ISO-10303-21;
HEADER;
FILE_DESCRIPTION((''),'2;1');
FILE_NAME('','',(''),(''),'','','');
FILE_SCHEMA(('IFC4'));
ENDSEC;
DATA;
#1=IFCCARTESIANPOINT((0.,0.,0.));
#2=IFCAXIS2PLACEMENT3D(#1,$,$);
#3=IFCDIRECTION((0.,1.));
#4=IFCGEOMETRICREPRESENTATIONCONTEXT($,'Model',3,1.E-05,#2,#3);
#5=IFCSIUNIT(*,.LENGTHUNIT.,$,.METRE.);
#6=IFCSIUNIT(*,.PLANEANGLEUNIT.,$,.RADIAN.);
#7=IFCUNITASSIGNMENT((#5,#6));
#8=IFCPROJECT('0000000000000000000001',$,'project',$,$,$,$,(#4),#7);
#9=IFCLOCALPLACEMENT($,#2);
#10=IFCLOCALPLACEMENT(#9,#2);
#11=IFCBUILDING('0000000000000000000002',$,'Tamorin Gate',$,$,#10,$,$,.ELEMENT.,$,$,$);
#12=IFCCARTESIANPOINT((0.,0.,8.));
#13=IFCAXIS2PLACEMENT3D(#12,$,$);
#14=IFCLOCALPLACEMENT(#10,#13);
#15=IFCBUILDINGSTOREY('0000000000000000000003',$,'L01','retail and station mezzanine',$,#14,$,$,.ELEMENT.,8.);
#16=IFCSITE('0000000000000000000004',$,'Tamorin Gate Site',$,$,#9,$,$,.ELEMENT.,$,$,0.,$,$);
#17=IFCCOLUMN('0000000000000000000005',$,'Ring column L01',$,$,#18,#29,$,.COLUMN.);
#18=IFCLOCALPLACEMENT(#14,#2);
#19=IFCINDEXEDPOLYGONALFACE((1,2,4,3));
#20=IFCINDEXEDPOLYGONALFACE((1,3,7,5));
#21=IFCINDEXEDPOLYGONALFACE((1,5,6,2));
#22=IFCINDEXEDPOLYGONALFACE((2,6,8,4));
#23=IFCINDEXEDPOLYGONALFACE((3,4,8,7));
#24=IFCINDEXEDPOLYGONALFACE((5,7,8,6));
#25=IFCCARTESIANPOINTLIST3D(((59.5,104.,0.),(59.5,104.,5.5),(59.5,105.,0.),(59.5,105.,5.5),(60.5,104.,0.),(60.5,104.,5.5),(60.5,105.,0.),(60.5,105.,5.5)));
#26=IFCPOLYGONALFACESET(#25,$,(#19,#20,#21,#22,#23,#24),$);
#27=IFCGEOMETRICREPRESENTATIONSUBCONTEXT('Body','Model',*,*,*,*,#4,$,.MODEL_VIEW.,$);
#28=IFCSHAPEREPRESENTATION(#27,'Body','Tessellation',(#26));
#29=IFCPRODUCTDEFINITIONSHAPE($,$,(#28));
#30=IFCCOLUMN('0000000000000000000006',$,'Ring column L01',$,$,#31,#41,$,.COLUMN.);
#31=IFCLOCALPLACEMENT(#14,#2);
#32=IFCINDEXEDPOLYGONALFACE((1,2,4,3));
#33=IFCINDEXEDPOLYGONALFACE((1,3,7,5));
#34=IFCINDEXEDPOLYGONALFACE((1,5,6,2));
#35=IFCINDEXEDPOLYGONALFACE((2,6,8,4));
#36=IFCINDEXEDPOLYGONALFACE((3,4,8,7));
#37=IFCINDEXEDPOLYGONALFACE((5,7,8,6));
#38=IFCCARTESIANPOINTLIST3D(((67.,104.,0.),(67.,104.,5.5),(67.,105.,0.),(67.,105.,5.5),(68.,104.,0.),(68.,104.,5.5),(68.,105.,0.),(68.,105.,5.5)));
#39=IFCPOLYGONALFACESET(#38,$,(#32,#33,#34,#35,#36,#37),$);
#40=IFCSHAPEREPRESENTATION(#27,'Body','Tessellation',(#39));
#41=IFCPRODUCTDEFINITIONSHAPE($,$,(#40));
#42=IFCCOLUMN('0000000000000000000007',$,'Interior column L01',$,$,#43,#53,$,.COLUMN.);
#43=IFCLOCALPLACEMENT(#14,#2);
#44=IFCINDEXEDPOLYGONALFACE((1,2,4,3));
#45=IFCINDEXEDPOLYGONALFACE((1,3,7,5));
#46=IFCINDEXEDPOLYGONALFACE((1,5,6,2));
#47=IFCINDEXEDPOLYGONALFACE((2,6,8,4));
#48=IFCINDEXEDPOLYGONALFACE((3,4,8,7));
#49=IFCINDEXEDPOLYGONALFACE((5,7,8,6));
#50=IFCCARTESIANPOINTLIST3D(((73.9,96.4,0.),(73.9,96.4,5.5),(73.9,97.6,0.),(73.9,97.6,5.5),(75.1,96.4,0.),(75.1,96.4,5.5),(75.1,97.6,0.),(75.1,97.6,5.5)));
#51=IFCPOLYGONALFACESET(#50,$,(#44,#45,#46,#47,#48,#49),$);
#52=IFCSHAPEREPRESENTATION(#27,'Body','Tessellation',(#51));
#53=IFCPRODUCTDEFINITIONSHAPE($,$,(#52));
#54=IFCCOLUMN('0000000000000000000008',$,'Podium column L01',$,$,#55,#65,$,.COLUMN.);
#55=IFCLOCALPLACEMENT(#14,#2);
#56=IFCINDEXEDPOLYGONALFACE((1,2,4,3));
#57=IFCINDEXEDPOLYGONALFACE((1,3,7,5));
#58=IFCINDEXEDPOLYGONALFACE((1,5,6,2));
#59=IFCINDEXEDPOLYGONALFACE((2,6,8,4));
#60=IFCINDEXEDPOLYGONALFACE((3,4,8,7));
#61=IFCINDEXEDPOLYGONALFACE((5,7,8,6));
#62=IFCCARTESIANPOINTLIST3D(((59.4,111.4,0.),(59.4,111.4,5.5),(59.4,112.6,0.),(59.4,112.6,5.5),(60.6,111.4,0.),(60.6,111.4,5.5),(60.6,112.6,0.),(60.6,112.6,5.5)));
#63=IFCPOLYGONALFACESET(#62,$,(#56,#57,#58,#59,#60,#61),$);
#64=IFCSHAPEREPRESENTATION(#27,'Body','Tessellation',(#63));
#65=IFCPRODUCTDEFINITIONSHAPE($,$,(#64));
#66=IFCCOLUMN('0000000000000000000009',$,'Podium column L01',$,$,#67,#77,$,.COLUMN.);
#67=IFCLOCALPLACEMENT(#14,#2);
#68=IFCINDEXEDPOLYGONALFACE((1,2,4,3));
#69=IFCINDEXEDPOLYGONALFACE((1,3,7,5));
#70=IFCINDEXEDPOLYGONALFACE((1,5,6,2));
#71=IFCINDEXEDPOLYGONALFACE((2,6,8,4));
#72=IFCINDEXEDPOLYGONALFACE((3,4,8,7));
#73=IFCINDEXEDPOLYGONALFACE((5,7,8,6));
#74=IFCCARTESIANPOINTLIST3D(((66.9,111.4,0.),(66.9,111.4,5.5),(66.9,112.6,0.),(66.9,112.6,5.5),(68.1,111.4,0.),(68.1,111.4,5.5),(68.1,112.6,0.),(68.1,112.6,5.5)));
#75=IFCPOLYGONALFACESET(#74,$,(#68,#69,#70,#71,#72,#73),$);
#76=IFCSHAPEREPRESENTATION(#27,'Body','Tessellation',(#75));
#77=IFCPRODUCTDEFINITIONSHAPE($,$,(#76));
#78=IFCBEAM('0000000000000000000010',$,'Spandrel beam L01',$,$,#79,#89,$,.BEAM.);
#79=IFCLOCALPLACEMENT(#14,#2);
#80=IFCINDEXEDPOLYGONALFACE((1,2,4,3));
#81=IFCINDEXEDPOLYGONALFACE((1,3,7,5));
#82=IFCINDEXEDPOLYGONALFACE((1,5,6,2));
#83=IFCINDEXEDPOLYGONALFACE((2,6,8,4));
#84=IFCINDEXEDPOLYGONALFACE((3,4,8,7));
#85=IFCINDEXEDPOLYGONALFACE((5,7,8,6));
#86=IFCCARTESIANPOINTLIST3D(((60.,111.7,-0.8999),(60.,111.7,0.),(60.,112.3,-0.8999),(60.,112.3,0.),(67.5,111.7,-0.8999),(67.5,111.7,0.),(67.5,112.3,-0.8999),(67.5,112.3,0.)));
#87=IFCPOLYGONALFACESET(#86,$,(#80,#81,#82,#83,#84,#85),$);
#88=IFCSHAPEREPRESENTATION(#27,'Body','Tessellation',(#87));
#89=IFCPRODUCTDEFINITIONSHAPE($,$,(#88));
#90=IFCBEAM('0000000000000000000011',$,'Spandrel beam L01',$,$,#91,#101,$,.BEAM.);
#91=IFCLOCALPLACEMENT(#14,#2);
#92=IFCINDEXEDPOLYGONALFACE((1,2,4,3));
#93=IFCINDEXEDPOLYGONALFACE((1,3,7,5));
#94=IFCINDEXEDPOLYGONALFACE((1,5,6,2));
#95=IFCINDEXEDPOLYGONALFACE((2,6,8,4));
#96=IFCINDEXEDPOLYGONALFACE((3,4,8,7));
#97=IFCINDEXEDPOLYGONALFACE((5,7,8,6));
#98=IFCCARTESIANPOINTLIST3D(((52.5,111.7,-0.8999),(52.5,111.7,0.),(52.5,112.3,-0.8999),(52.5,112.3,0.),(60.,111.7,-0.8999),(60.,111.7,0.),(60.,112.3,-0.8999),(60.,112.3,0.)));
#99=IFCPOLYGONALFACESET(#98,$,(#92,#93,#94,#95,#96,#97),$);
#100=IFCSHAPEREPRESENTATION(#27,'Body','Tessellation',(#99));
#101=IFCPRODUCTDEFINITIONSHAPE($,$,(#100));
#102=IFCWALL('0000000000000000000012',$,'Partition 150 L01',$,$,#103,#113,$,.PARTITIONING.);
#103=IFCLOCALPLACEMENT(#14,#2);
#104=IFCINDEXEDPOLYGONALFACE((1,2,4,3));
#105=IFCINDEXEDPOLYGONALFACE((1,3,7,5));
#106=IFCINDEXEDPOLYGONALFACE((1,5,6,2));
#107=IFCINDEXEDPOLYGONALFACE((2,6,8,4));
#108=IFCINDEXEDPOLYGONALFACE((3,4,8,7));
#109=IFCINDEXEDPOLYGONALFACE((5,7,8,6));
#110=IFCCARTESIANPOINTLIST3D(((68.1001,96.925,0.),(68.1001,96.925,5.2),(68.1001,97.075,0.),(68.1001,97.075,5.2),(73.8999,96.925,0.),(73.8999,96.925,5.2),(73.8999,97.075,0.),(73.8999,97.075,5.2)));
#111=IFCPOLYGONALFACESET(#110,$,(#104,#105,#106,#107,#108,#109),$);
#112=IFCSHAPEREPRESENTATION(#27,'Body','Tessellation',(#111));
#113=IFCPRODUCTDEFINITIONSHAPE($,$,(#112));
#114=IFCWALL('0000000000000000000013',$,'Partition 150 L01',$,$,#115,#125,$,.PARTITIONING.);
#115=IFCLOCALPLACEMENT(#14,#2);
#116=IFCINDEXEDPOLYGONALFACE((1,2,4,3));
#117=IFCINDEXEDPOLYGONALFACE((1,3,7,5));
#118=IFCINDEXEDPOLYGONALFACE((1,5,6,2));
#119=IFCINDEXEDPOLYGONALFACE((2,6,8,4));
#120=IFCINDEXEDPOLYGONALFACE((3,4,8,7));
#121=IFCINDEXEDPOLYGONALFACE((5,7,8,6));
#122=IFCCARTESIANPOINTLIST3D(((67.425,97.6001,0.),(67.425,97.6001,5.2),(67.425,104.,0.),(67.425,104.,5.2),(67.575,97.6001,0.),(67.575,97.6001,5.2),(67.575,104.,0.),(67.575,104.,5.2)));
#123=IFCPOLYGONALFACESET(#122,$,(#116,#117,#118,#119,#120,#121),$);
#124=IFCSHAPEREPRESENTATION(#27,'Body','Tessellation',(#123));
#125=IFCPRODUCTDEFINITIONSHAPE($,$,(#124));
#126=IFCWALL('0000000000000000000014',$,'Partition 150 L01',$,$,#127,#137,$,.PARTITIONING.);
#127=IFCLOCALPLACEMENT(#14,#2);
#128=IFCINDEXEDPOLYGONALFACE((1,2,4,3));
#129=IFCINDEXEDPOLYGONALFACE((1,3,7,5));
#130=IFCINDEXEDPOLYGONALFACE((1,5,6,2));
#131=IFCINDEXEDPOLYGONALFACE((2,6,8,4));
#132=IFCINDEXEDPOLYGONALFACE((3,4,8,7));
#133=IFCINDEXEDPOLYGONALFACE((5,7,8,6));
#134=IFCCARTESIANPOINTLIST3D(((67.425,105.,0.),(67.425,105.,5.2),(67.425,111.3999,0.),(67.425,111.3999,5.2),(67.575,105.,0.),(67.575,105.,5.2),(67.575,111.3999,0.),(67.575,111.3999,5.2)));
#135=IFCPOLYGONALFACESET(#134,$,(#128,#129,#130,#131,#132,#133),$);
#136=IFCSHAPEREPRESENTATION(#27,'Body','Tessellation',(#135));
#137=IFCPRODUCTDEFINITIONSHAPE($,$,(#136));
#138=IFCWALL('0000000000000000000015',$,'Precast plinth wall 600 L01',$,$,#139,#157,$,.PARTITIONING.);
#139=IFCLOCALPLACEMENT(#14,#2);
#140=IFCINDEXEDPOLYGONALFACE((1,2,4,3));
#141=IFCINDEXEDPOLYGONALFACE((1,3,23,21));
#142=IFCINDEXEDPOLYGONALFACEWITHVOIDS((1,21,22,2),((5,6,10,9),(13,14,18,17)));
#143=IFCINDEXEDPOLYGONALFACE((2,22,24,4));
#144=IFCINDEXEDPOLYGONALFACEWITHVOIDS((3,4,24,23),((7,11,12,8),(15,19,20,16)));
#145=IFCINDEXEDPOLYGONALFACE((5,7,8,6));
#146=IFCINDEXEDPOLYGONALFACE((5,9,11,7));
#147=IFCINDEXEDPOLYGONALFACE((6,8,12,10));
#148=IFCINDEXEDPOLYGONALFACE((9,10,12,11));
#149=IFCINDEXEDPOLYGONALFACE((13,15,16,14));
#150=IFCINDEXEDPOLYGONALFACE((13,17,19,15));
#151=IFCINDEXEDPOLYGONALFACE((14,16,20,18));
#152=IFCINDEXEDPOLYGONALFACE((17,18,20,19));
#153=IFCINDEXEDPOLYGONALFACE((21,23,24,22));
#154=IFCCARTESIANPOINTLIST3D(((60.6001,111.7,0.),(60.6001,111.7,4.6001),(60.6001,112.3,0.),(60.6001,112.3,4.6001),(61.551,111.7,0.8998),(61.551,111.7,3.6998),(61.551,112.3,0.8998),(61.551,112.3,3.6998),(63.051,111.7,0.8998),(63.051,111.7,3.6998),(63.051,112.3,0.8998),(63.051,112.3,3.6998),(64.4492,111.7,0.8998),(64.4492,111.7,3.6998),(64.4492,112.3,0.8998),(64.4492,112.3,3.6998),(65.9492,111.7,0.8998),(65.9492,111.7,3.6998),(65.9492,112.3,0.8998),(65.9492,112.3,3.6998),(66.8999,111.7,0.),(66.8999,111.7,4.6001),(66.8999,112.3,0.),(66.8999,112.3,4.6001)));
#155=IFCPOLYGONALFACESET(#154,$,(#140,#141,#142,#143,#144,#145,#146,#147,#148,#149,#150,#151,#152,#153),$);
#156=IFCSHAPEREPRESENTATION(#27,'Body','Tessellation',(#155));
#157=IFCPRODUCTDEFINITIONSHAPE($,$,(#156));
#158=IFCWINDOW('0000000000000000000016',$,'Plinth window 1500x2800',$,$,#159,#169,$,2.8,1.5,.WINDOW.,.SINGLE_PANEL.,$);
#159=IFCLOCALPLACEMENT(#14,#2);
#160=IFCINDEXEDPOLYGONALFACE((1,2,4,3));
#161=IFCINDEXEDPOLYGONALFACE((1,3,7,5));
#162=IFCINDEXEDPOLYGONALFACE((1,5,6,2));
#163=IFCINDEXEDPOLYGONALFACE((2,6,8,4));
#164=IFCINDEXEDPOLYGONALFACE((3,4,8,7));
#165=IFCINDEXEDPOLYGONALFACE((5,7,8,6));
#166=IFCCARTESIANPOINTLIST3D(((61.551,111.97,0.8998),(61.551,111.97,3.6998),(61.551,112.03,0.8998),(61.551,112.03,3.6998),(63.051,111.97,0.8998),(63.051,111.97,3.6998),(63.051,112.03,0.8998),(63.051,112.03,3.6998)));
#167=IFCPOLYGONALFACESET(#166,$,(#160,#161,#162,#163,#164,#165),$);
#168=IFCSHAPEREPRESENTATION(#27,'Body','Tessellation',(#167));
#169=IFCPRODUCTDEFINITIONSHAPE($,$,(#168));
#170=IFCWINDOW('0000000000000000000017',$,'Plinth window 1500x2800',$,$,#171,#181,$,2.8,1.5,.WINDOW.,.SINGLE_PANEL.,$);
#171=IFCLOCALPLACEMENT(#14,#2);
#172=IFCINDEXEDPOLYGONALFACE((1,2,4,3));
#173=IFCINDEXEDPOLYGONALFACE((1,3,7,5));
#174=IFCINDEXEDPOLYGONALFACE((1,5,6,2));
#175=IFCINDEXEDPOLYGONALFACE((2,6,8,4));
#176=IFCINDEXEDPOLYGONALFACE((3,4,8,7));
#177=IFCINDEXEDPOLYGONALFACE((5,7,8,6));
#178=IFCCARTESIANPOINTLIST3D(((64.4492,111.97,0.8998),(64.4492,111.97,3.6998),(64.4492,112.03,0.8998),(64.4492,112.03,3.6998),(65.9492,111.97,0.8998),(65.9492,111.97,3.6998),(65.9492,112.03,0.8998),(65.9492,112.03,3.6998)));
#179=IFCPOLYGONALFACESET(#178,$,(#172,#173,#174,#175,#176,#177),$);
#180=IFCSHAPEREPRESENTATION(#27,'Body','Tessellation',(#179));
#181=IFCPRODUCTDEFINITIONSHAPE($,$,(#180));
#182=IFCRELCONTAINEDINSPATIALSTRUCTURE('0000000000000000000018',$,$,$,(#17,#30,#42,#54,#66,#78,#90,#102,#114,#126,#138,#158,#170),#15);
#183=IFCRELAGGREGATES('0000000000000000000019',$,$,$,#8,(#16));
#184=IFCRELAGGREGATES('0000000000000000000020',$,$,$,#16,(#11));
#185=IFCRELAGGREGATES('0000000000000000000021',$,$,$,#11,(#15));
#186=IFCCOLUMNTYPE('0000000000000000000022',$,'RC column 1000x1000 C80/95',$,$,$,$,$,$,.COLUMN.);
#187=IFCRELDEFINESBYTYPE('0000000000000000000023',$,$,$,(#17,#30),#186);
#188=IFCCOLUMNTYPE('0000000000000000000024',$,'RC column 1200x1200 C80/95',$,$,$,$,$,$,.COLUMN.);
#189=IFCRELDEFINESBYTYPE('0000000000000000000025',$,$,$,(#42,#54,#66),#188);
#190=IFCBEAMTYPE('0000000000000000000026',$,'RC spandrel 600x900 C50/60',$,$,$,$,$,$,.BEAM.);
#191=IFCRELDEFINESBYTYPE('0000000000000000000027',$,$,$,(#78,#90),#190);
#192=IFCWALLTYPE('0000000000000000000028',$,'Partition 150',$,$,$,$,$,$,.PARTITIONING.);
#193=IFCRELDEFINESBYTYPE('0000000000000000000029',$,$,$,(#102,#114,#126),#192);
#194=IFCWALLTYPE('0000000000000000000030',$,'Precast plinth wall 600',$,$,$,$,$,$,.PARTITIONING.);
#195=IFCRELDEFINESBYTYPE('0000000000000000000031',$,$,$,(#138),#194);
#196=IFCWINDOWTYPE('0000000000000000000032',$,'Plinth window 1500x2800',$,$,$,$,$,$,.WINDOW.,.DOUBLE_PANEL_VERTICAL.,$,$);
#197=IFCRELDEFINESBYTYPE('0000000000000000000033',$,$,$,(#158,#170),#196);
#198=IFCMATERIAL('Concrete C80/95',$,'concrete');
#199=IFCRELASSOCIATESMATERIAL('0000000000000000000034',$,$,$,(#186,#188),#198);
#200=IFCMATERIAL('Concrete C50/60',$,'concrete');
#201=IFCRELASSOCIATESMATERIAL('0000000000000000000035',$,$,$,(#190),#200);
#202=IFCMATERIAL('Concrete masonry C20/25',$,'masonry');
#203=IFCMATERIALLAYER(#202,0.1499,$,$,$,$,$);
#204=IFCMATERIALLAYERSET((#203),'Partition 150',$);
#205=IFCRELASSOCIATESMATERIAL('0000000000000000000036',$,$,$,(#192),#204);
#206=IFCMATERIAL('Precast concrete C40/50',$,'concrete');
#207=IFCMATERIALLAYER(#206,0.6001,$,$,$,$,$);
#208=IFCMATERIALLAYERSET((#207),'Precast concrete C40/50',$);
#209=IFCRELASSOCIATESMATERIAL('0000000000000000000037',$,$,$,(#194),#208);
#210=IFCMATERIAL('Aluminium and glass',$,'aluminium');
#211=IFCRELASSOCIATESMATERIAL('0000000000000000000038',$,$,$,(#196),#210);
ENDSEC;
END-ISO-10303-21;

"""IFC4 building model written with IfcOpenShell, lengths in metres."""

from ifc_helpers import new_model, si_unit, direction, frame, frame_2d, origin, origin_2d, place, context, subcontext, project, spatial, rectangle, extrude, material, layer, layer_set, material_profile, profile_set, type_object, element, fill, save


model = new_model("IFC4")

# Units and contexts
model_context = context("Model", 3, precision=1e-05, world=origin(), true_north=direction((0.0, 1.0)))
body_context = subcontext(model_context, "Body", "Model", "MODEL_VIEW")
ifc_project = project(units=[si_unit("LENGTHUNIT", "METRE"), si_unit("PLANEANGLEUNIT", "RADIAN")], contexts=[model_context])

# Site, building, storey
site_placement = place(None, origin())
site = spatial("IfcSite", under=ifc_project, at=site_placement, Name="Tamorin Gate Site", CompositionType="ELEMENT", RefElevation=0.0)
building_placement = place(site_placement, origin())
building = spatial("IfcBuilding", under=site, at=building_placement, Name="Tamorin Gate", CompositionType="ELEMENT")
storey_placement = place(building_placement, frame((0.0, 0.0, 8.0)))
storey = spatial("IfcBuildingStorey", under=building, at=storey_placement, Name="L01", Description="retail and station mezzanine", CompositionType="ELEMENT", Elevation=8.0)

# Columns
ifc_material_1 = material(Name="Concrete C80/95", Category="concrete")
ifc_material_profile_1 = material_profile(ifc_material_1, rectangle(XDim=1.0, YDim=1.0, at=origin_2d()), Name="RC 1000x1000")
ifc_profile_set_1 = profile_set([ifc_material_profile_1], Name="Concrete C80/95")
column_type_1 = type_object("IfcColumnType", Name="RC column 1000x1000 C80/95", PredefinedType="COLUMN", material=ifc_profile_set_1)
for number, where, z_axis, x_axis, name in (
    (1, (60.0, 104.5, 0.0), (0.0, 0.0, 1.0), (1.0, 0.0, 0.0), "Ring column L01"),
    (2, (67.5, 104.5, 0.0), (0.0, 0.0, 1.0), (1.0, 0.0, 0.0), "Ring column L01"),
):
    element("IfcColumn", number, at=place(storey_placement, frame(where, z_axis=z_axis, x_axis=x_axis)), inside=storey, type_object=column_type_1, Name=name, PredefinedType="COLUMN", context=body_context, shape_type="SweptSolid", body=[
        extrude(rectangle(XDim=1.0, YDim=1.0, at=origin_2d()), origin(), (0.0, 0.0, 1.0), 5.5),
    ])
ifc_material_profile_2 = material_profile(ifc_material_1, rectangle(XDim=1.2, YDim=1.2, at=origin_2d()), Name="RC 1200x1200")
ifc_profile_set_2 = profile_set([ifc_material_profile_2], Name="Concrete C80/95")
column_type_2 = type_object("IfcColumnType", Name="RC column 1200x1200 C80/95", PredefinedType="COLUMN", material=ifc_profile_set_2)
for number, where, z_axis, x_axis, name in (
    (3, (74.5, 97.0, 0.0), (0.0, 0.0, 1.0), (1.0, 0.0, 0.0), "Interior column L01"),
    (4, (60.0, 112.0, 0.0), (0.0, 0.0, 1.0), (1.0, 0.0, 0.0), "Podium column L01"),
    (5, (67.5, 112.0, 0.0), (0.0, 0.0, 1.0), (1.0, 0.0, 0.0), "Podium column L01"),
):
    element("IfcColumn", number, at=place(storey_placement, frame(where, z_axis=z_axis, x_axis=x_axis)), inside=storey, type_object=column_type_2, Name=name, PredefinedType="COLUMN", context=body_context, shape_type="SweptSolid", body=[
        extrude(rectangle(XDim=1.2, YDim=1.2, at=origin_2d()), origin(), (0.0, 0.0, 1.0), 5.5),
    ])

# Beams
ifc_material_2 = material(Name="Concrete C50/60", Category="concrete")
ifc_material_profile_3 = material_profile(ifc_material_2, rectangle(XDim=0.6001, YDim=0.8999, at=origin_2d()), Name="RC 600x900")
ifc_profile_set_3 = profile_set([ifc_material_profile_3], Name="Concrete C50/60")
beam_type = type_object("IfcBeamType", Name="RC spandrel 600x900 C50/60", PredefinedType="BEAM", material=ifc_profile_set_3)
for number, where, z_axis, x_axis, name in (
    (6, (67.5, 112.0, -0.45), (-1.0, 0.0, 0.0), (0.0, -1.0, 0.0), "Spandrel beam L01"),
    (7, (60.0, 112.0, -0.45), (-1.0, 0.0, 0.0), (0.0, -1.0, 0.0), "Spandrel beam L01"),
):
    element("IfcBeam", number, at=place(storey_placement, frame(where, z_axis=z_axis, x_axis=x_axis)), inside=storey, type_object=beam_type, Name=name, PredefinedType="BEAM", context=body_context, shape_type="SweptSolid", body=[
        extrude(rectangle(XDim=0.6001, YDim=0.8999, at=origin_2d()), origin(), (0.0, 0.0, 1.0), 7.5),
    ])

# Walls
ifc_material_3 = material(Name="Concrete masonry C20/25", Category="masonry")
ifc_layer_1 = layer(ifc_material_3, 0.1499)
ifc_layer_set_1 = layer_set([ifc_layer_1], Name="Partition 150")
wall_type_1 = type_object("IfcWallType", Name="Partition 150", PredefinedType="PARTITIONING", material=ifc_layer_set_1)
wall_1_placement = place(storey_placement, frame((68.1001, 97.0, 0.0), z_axis=(0.0, 0.0, 1.0), x_axis=(1.0, 0.0, 0.0)))
element("IfcWall", 8, at=wall_1_placement, inside=storey, type_object=wall_type_1, Name="Partition 150 L01", PredefinedType="PARTITIONING", context=body_context, shape_type="SweptSolid", body=[
    extrude(rectangle(XDim=5.7998, YDim=0.1499, at=frame_2d((2.8999, 0.0))), origin(), (0.0, 0.0, 1.0), 5.2),
])
for number, where, z_axis, x_axis, name in (
    (9, (67.5, 97.6001, 0.0), (0.0, 0.0, 1.0), (0.0, 1.0, 0.0), "Partition 150 L01"),
    (10, (67.5, 105.0, 0.0), (0.0, 0.0, 1.0), (0.0, 1.0, 0.0), "Partition 150 L01"),
):
    element("IfcWall", number, at=place(storey_placement, frame(where, z_axis=z_axis, x_axis=x_axis)), inside=storey, type_object=wall_type_1, Name=name, PredefinedType="PARTITIONING", context=body_context, shape_type="SweptSolid", body=[
        extrude(rectangle(XDim=6.3999, YDim=0.1499, at=frame_2d((3.2, 0.0))), origin(), (0.0, 0.0, 1.0), 5.2),
    ])

# Wall, openings, windows
ifc_material_4 = material(Name="Precast concrete C40/50", Category="concrete")
ifc_layer_2 = layer(ifc_material_4, 0.6001)
ifc_layer_set_2 = layer_set([ifc_layer_2], Name="Precast concrete C40/50")
wall_type_2 = type_object("IfcWallType", Name="Precast plinth wall 600", PredefinedType="PARTITIONING", material=ifc_layer_set_2)
wall_2_placement = place(storey_placement, frame((60.6001, 112.0, 0.0), z_axis=(0.0, 0.0, 1.0), x_axis=(1.0, 0.0, 0.0)))
wall_2 = element("IfcWall", 11, at=wall_2_placement, inside=storey, type_object=wall_type_2, Name="Precast plinth wall 600 L01", PredefinedType="PARTITIONING", context=body_context, shape_type="SweptSolid", body=[
    extrude(rectangle(XDim=6.2998, YDim=0.6001, at=frame_2d((3.1499, 0.0))), origin(), (0.0, 0.0, 1.0), 4.6001),
])
opening_1_placement = place(wall_2_placement, frame((0.9509, 0.0, 0.8999)))
opening_1 = element("IfcOpeningElement", 12, at=opening_1_placement, cuts=wall_2, PredefinedType="OPENING", context=body_context, shape_type="SweptSolid", body=[
    extrude(rectangle(XDim=1.5, YDim=2.8, at=frame_2d((0.75, 1.3999))), frame((0.0, 0.3101, 0.0), z_axis=(0.0, -1.0, 0.0), x_axis=(1.0, 0.0, 0.0)), (0.0, 0.0, 1.0), 0.6201),
])
opening_2_placement = place(wall_2_placement, frame((3.8491, 0.0, 0.8999)))
opening_2 = element("IfcOpeningElement", 13, at=opening_2_placement, cuts=wall_2, PredefinedType="OPENING", context=body_context, shape_type="SweptSolid", body=[
    extrude(rectangle(XDim=1.5, YDim=2.8, at=frame_2d((0.75, 1.3999))), frame((0.0, 0.3101, 0.0), z_axis=(0.0, -1.0, 0.0), x_axis=(1.0, 0.0, 0.0)), (0.0, 0.0, 1.0), 0.6201),
])
ifc_material_5 = material(Name="Aluminium and glass", Category="aluminium")
window_type = type_object("IfcWindowType", Name="Plinth window 1500x2800", PartitioningType="DOUBLE_PANEL_VERTICAL", PredefinedType="WINDOW", material=ifc_material_5)
window_1_placement = place(opening_1_placement, origin())
window_1 = element("IfcWindow", 14, at=window_1_placement, inside=storey, type_object=window_type, Name="Plinth window 1500x2800", OverallHeight=2.8, OverallWidth=1.5, PartitioningType="SINGLE_PANEL", PredefinedType="WINDOW", context=body_context, shape_type="SweptSolid", body=[
    extrude(rectangle(XDim=1.5, YDim=2.8, at=frame_2d((0.75, 1.3999))), frame((0.0, 0.03, 0.0), z_axis=(0.0, -1.0, 0.0), x_axis=(1.0, 0.0, 0.0)), (0.0, 0.0, 1.0), 0.0601),
])
fill(opening_1, window_1)
window_2_placement = place(opening_2_placement, origin())
window_2 = element("IfcWindow", 15, at=window_2_placement, inside=storey, type_object=window_type, Name="Plinth window 1500x2800", OverallHeight=2.8, OverallWidth=1.5, PartitioningType="SINGLE_PANEL", PredefinedType="WINDOW", context=body_context, shape_type="SweptSolid", body=[
    extrude(rectangle(XDim=1.5, YDim=2.8, at=frame_2d((0.75, 1.3999))), frame((0.0, 0.03, 0.0), z_axis=(0.0, -1.0, 0.0), x_axis=(1.0, 0.0, 0.0)), (0.0, 0.0, 1.0), 0.0601),
])
fill(opening_2, window_2)

save(model, "model.ifc")
